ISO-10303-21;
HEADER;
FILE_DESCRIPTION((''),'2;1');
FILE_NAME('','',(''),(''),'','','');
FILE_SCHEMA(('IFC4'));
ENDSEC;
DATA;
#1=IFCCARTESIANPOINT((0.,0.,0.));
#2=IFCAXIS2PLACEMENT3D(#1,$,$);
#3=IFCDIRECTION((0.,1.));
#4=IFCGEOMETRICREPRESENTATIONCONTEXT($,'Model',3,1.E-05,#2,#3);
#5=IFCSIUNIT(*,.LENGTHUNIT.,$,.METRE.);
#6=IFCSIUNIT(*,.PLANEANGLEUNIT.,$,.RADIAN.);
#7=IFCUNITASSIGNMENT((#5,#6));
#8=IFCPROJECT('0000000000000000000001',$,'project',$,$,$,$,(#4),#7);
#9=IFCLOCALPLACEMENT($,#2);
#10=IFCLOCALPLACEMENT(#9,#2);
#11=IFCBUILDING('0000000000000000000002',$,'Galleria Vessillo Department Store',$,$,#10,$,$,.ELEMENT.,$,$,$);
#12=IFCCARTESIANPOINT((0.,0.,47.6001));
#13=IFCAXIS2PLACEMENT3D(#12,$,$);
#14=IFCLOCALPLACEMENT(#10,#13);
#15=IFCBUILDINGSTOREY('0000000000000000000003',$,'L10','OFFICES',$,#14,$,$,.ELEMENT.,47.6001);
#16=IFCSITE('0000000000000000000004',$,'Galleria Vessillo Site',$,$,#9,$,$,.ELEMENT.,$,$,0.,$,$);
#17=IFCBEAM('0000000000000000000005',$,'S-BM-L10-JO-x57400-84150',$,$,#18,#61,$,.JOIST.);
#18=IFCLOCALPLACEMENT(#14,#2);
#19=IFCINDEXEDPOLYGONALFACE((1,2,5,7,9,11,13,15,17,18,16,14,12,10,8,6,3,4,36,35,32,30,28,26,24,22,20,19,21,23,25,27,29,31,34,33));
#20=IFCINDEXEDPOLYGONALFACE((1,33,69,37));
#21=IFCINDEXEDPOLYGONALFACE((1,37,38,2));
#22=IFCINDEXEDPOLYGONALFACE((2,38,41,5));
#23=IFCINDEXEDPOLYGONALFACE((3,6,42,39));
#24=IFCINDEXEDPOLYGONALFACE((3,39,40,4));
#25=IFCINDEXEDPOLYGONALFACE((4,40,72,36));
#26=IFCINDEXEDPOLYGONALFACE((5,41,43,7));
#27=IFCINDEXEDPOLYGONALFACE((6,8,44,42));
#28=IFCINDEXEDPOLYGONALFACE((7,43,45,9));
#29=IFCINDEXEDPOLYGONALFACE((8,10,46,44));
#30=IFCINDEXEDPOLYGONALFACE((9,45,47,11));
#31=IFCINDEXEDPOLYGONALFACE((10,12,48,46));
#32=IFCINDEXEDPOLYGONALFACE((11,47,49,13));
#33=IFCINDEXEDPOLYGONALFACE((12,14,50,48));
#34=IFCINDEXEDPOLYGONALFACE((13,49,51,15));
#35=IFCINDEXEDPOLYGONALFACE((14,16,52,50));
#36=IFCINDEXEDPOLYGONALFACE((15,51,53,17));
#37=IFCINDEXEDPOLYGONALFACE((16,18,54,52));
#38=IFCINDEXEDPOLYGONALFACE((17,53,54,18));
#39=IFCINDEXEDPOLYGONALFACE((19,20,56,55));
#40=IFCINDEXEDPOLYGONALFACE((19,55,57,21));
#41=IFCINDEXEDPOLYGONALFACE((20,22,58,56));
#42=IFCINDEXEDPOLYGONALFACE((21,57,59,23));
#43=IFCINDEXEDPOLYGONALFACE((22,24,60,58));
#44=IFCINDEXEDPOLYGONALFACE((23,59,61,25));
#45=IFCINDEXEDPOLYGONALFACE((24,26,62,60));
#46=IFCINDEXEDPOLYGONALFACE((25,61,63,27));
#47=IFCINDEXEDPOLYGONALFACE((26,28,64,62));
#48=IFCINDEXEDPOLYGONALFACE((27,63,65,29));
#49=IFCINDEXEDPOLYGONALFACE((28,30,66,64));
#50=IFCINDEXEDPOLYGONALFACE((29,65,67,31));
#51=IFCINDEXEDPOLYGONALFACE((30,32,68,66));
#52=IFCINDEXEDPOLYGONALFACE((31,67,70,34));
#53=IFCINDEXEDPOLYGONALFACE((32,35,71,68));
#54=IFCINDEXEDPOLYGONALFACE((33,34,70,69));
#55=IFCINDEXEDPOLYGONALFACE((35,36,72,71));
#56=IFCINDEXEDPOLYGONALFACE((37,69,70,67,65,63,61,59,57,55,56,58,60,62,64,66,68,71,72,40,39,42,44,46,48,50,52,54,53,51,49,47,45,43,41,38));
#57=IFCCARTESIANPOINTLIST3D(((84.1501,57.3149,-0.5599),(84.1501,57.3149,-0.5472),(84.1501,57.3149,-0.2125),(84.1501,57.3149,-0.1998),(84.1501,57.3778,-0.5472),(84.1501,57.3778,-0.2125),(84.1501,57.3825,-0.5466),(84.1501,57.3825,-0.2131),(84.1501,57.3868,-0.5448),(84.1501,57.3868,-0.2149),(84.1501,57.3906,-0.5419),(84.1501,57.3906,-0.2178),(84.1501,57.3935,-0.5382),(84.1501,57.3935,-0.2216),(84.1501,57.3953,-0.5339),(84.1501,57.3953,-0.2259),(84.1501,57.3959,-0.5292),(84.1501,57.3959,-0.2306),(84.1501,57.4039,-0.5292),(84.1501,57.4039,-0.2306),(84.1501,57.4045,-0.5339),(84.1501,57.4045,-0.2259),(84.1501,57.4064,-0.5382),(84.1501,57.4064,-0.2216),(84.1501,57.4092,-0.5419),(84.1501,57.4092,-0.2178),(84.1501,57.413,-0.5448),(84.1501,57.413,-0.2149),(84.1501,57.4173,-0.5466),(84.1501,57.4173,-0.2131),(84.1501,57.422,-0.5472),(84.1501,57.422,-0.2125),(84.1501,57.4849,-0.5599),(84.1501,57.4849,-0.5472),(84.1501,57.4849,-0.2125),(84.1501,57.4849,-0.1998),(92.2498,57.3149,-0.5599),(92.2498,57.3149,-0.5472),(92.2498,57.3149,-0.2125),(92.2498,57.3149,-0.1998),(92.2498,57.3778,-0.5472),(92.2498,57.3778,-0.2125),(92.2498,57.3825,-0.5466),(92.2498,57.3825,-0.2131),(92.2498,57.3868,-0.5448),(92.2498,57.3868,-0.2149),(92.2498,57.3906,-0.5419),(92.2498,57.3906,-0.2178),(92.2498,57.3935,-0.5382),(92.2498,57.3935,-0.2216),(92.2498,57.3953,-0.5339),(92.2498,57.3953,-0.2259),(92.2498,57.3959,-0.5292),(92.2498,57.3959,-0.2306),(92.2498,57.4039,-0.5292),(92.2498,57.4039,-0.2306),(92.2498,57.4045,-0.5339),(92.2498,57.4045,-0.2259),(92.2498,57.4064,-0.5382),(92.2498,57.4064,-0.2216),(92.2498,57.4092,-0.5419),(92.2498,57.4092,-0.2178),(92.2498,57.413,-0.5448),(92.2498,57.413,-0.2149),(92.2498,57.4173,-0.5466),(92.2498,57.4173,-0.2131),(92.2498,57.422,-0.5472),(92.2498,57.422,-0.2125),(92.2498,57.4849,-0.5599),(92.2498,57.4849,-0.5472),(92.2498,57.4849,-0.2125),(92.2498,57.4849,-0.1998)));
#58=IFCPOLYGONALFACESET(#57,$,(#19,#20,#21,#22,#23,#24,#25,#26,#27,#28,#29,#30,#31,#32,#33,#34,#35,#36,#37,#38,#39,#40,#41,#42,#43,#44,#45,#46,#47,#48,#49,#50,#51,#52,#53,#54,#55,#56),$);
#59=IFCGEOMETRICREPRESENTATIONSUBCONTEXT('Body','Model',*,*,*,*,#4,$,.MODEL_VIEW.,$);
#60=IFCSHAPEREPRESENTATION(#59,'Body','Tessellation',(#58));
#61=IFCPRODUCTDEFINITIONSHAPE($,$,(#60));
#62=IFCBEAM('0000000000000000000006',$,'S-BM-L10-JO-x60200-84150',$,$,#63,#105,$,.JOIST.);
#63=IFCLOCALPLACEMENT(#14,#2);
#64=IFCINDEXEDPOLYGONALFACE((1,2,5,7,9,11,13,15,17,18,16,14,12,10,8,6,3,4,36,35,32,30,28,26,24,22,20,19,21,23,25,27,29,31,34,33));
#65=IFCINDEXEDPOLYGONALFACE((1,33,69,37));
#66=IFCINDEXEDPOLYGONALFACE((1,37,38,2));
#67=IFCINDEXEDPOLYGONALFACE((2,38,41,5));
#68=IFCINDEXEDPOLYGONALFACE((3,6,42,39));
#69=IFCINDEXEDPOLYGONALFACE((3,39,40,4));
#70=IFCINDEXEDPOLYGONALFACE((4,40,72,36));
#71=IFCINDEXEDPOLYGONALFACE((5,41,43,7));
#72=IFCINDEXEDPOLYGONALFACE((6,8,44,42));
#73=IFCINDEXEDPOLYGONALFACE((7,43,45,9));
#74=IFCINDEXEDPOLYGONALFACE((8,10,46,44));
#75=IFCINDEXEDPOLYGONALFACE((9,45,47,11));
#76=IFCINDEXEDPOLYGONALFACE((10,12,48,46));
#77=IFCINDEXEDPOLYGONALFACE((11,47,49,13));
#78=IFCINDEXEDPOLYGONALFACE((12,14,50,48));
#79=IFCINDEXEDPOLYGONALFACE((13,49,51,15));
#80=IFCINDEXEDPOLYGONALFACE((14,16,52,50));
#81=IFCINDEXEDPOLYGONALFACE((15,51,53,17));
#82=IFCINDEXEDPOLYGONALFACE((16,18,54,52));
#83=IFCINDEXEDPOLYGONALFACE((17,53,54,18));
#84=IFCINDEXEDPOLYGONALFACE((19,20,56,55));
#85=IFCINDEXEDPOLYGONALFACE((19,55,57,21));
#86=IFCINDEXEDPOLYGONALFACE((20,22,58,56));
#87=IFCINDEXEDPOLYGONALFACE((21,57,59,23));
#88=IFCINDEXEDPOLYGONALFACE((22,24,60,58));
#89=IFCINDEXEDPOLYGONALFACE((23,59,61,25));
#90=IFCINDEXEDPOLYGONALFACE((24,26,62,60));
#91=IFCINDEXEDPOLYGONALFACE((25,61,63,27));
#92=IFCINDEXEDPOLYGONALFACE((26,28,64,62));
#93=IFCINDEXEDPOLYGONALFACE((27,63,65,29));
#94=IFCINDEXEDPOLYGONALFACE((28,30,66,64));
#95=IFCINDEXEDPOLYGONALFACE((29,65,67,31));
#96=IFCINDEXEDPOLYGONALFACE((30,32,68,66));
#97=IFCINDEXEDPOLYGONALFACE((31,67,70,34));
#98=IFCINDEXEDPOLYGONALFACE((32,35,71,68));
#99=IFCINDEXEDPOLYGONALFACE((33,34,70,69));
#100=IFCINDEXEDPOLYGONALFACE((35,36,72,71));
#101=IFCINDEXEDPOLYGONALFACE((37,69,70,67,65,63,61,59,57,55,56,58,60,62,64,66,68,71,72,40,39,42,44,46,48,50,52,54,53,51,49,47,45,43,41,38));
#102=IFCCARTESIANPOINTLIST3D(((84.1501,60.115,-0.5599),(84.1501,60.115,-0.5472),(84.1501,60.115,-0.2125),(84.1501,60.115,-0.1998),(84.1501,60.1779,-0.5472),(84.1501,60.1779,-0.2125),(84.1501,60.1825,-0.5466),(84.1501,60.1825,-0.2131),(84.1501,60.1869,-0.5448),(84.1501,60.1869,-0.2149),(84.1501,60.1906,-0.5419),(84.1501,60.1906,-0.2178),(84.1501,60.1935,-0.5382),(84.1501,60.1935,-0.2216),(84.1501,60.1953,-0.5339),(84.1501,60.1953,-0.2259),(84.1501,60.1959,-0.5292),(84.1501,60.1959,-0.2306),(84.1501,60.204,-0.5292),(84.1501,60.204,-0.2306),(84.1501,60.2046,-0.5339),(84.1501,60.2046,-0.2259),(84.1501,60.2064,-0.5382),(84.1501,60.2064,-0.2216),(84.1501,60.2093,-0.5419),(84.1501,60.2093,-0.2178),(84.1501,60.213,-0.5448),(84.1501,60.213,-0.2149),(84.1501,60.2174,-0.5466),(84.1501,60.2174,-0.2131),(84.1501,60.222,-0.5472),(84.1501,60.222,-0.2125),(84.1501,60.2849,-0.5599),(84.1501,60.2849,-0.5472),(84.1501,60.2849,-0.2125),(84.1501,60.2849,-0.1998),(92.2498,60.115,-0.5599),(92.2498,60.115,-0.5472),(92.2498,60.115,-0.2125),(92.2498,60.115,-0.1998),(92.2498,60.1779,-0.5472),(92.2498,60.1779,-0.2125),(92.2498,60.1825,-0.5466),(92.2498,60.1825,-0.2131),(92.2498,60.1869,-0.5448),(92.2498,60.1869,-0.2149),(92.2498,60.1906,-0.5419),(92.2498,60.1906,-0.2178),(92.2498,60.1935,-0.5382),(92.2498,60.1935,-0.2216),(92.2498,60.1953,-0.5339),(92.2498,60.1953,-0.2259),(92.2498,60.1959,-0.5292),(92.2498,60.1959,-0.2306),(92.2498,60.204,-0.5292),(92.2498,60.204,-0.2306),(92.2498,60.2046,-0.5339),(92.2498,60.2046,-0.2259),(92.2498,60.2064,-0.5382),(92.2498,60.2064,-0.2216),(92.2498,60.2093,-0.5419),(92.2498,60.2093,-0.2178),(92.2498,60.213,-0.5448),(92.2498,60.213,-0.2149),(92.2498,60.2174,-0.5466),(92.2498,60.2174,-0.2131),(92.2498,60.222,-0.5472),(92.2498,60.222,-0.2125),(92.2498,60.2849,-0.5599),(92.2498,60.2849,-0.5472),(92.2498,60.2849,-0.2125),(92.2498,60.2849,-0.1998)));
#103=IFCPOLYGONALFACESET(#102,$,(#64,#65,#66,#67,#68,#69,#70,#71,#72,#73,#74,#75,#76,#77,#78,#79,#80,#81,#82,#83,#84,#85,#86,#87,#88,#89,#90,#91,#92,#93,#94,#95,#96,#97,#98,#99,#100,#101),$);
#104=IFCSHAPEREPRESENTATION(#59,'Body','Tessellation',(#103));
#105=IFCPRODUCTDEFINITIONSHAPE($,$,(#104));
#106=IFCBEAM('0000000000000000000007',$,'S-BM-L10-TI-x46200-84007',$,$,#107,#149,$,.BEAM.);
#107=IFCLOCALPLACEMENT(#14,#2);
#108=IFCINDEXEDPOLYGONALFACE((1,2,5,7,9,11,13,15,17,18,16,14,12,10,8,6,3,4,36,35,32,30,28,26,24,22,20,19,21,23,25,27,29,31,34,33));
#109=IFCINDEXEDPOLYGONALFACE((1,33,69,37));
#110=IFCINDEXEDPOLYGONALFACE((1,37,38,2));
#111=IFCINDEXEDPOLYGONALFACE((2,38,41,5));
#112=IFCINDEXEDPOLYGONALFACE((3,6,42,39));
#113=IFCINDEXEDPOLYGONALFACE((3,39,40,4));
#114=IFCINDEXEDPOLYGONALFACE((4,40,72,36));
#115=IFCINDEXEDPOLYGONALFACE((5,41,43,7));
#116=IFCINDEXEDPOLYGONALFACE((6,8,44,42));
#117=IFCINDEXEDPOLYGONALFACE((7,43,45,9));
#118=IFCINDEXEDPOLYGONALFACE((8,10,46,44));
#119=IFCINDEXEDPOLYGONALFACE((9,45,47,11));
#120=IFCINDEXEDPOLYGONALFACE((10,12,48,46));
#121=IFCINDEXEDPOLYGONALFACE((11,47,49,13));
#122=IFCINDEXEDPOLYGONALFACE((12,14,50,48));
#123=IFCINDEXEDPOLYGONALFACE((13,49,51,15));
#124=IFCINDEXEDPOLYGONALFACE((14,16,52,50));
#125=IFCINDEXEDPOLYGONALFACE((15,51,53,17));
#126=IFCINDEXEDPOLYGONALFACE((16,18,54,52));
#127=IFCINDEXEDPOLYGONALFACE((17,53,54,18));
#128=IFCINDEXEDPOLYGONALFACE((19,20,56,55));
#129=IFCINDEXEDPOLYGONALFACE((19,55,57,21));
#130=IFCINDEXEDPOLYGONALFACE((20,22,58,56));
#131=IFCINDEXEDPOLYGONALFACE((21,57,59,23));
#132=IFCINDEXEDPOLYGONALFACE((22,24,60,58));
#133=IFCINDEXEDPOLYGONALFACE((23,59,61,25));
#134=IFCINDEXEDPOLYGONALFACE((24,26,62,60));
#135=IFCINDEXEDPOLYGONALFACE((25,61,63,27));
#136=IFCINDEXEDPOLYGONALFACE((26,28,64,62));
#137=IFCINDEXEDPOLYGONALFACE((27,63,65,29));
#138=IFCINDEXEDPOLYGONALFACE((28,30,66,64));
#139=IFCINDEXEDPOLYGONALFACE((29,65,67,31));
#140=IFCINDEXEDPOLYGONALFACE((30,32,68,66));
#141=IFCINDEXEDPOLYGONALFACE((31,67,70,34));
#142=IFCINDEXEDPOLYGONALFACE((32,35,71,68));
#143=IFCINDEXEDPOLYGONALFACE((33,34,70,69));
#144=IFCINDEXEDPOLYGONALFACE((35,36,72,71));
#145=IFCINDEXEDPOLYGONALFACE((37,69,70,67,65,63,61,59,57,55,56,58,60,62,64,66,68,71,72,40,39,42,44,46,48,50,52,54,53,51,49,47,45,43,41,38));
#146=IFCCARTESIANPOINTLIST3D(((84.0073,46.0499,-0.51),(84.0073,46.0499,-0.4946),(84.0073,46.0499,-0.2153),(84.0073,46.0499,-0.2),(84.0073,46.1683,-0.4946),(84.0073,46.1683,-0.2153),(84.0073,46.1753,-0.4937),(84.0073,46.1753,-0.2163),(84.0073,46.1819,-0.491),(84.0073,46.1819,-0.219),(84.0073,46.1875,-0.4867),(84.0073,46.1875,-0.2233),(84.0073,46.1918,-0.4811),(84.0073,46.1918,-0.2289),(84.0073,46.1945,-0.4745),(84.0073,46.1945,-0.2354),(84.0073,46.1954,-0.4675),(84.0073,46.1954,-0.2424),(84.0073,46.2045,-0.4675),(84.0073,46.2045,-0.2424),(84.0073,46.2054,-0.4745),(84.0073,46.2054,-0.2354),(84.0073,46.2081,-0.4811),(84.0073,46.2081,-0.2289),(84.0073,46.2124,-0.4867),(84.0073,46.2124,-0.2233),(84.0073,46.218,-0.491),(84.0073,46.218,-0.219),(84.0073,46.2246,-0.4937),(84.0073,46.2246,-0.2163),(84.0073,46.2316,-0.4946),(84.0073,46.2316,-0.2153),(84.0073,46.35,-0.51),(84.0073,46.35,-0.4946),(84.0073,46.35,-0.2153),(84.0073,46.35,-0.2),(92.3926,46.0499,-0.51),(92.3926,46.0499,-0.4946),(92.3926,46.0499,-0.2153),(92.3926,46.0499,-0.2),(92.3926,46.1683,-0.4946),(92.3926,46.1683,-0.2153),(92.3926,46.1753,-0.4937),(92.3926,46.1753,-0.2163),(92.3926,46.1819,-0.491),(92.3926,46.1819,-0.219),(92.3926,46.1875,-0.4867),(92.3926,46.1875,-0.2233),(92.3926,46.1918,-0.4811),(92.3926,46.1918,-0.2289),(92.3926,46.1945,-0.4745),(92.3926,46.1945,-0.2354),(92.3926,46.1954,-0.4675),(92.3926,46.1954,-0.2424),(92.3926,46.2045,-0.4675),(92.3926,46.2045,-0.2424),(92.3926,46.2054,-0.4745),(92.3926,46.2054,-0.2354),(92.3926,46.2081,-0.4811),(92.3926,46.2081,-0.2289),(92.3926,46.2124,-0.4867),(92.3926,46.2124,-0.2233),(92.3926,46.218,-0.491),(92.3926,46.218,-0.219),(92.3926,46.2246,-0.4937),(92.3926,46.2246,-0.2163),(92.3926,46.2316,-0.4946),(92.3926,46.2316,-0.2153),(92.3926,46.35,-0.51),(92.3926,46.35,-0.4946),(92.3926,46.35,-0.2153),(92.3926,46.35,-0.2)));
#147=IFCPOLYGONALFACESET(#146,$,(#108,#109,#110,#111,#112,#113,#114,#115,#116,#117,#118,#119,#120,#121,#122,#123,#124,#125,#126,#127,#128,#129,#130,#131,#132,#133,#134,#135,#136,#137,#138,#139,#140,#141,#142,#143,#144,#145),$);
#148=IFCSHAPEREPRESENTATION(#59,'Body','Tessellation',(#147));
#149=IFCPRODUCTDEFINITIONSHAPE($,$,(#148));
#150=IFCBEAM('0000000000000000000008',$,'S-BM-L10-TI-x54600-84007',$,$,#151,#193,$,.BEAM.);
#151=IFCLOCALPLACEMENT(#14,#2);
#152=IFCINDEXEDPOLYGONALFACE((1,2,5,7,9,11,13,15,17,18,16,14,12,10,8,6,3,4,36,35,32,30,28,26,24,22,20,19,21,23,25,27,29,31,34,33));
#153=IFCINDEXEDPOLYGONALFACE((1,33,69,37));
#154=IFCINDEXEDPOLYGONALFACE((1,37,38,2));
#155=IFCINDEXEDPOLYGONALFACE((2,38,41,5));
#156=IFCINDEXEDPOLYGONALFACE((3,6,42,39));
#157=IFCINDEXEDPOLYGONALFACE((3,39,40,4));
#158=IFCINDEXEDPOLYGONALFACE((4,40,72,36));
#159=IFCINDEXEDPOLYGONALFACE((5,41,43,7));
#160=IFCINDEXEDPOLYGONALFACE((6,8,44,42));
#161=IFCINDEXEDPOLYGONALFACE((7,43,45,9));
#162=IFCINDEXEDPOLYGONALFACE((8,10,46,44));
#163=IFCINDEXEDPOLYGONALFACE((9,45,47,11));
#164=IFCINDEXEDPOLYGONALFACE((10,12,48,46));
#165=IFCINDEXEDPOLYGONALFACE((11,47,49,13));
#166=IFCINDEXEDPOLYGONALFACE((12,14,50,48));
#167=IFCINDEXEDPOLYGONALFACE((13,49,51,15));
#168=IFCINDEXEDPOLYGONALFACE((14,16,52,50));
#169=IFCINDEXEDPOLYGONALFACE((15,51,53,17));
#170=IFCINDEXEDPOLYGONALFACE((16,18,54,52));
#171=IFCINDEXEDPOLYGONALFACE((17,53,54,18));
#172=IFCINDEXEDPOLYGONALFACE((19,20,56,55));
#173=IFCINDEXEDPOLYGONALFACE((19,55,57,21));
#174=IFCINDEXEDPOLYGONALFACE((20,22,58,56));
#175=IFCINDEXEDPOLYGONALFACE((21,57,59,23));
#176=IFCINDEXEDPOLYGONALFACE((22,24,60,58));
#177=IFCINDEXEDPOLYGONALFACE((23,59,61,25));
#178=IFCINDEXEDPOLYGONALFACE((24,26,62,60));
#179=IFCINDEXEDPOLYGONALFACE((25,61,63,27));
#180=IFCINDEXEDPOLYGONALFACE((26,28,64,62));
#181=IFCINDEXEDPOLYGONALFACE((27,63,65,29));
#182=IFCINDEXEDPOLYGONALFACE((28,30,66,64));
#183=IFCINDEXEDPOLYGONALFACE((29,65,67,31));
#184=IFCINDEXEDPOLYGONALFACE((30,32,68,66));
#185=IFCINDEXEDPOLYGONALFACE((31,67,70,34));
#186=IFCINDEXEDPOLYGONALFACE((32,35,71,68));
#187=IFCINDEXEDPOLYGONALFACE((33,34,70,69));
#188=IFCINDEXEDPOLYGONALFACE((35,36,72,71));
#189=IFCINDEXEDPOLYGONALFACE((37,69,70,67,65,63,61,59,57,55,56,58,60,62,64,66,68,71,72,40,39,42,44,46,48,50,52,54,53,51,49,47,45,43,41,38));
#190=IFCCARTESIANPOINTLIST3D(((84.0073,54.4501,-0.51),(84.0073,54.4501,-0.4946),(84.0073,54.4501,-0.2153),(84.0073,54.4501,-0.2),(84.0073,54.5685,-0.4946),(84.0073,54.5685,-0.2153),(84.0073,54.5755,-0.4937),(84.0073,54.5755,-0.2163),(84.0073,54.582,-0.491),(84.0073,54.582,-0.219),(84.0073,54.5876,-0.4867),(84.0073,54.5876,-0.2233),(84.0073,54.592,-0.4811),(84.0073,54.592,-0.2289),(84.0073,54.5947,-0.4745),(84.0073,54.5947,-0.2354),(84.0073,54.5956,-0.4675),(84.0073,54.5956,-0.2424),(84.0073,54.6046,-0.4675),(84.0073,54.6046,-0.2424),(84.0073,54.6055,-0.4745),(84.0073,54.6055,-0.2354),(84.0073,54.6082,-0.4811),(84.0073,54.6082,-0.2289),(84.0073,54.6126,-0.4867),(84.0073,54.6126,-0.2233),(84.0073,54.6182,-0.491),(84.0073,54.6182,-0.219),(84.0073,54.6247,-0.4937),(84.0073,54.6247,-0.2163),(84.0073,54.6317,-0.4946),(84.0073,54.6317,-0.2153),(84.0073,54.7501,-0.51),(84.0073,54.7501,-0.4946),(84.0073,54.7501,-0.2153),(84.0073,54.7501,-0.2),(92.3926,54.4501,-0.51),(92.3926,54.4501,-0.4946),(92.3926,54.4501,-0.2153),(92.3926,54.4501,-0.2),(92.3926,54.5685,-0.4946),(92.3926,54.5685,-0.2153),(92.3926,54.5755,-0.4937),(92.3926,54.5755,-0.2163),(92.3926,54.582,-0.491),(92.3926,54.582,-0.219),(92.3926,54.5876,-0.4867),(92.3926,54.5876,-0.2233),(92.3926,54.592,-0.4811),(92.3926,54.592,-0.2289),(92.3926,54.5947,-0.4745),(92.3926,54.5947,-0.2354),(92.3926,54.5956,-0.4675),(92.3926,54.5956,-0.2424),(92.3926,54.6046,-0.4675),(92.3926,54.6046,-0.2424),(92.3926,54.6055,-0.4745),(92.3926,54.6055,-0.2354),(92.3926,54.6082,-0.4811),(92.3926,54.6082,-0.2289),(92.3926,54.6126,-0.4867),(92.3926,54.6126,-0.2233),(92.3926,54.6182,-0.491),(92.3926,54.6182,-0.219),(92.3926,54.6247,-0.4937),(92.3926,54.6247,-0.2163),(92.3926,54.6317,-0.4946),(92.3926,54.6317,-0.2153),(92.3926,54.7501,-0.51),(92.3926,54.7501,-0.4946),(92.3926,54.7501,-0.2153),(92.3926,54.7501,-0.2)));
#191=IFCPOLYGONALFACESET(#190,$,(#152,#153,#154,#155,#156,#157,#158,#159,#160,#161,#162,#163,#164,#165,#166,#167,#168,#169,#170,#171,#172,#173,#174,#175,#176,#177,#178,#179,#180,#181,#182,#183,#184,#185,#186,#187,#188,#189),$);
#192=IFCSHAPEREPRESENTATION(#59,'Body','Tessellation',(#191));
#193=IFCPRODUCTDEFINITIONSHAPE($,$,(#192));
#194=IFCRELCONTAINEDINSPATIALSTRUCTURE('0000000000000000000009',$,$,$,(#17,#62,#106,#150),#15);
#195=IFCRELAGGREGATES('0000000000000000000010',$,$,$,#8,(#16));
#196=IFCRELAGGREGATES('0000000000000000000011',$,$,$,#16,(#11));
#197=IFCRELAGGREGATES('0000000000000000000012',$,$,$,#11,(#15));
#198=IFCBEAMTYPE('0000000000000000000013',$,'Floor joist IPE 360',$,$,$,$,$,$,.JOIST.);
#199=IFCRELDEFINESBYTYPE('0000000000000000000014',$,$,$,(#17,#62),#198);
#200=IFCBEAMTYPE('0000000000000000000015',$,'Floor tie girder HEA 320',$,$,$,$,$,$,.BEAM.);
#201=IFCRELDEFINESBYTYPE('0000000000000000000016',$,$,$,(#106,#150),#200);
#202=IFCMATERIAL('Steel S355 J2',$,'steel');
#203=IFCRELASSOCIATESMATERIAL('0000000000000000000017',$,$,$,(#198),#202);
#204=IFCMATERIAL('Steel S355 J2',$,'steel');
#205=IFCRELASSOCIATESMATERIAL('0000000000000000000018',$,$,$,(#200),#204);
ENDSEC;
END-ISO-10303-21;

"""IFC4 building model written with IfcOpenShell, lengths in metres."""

from ifc_helpers import new_model, si_unit, direction, frame, origin, origin_2d, place, context, subcontext, project, spatial, i_section, extrude, material, material_profile, profile_set, type_object, element, save


model = new_model("IFC4")

# Units and contexts
model_context = context("Model", 3, precision=1e-05, world=origin(), true_north=direction((0.0, 1.0)))
body_context = subcontext(model_context, "Body", "Model", "MODEL_VIEW")
ifc_project = project(units=[si_unit("LENGTHUNIT", "METRE"), si_unit("PLANEANGLEUNIT", "RADIAN")], contexts=[model_context])

# Site, building, storey
site_placement = place(None, origin())
site = spatial("IfcSite", under=ifc_project, at=site_placement, Name="Galleria Vessillo Site", CompositionType="ELEMENT", RefElevation=0.0)
building_placement = place(site_placement, origin())
building = spatial("IfcBuilding", under=site, at=building_placement, Name="Galleria Vessillo Department Store", CompositionType="ELEMENT")
storey_placement = place(building_placement, frame((0.0, 0.0, 47.6001)))
storey = spatial("IfcBuildingStorey", under=building, at=storey_placement, Name="L10", Description="OFFICES", CompositionType="ELEMENT", Elevation=47.6001)

# Beams
ifc_material_1 = material(Name="Steel S355 J2", Category="steel")
ifc_material_profile_1 = material_profile(ifc_material_1, i_section(OverallWidth=0.1699, OverallDepth=0.3601, WebThickness=0.0081, FlangeThickness=0.0127, FilletRadius=0.0181, at=origin_2d()), Name="IPE 360")
ifc_profile_set_1 = profile_set([ifc_material_profile_1], Name="Steel S355 J2")
beam_type_1 = type_object("IfcBeamType", Name="Floor joist IPE 360", PredefinedType="JOIST", material=ifc_profile_set_1)
for number, where, z_axis, x_axis, name in (
    (1, (84.1501, 57.3999, -0.3799), (1.0, 0.0, 0.0), (0.0, 1.0, 0.0), "S-BM-L10-JO-x57400-84150"),
    (2, (84.1501, 60.2, -0.3799), (1.0, 0.0, 0.0), (0.0, 1.0, 0.0), "S-BM-L10-JO-x60200-84150"),
):
    element("IfcBeam", number, at=place(storey_placement, frame(where, z_axis=z_axis, x_axis=x_axis)), inside=storey, type_object=beam_type_1, Name=name, PredefinedType="JOIST", context=body_context, shape_type="SweptSolid", body=[
        extrude(i_section(OverallWidth=0.1699, OverallDepth=0.3601, WebThickness=0.0081, FlangeThickness=0.0127, FilletRadius=0.0181, at=origin_2d()), origin(), (0.0, 0.0, 1.0), 8.0996),
    ])
ifc_material_2 = material(Name="Steel S355 J2", Category="steel")
ifc_material_profile_2 = material_profile(ifc_material_2, i_section(OverallWidth=0.3, OverallDepth=0.3101, WebThickness=0.009, FlangeThickness=0.0154, FilletRadius=0.0271, at=origin_2d()), Name="HEA 320")
ifc_profile_set_2 = profile_set([ifc_material_profile_2], Name="Steel S355 J2")
beam_type_2 = type_object("IfcBeamType", Name="Floor tie girder HEA 320", PredefinedType="BEAM", material=ifc_profile_set_2)
for number, where, z_axis, x_axis, name in (
    (3, (84.0073, 46.2, -0.355), (1.0, 0.0, 0.0), (0.0, 1.0, 0.0), "S-BM-L10-TI-x46200-84007"),
    (4, (84.0073, 54.6001, -0.355), (1.0, 0.0, 0.0), (0.0, 1.0, 0.0), "S-BM-L10-TI-x54600-84007"),
):
    element("IfcBeam", number, at=place(storey_placement, frame(where, z_axis=z_axis, x_axis=x_axis)), inside=storey, type_object=beam_type_2, Name=name, PredefinedType="BEAM", context=body_context, shape_type="SweptSolid", body=[
        extrude(i_section(OverallWidth=0.3, OverallDepth=0.3101, WebThickness=0.009, FlangeThickness=0.0154, FilletRadius=0.0271, at=origin_2d()), origin(), (0.0, 0.0, 1.0), 8.3853),
    ])

save(model, "model.ifc")
